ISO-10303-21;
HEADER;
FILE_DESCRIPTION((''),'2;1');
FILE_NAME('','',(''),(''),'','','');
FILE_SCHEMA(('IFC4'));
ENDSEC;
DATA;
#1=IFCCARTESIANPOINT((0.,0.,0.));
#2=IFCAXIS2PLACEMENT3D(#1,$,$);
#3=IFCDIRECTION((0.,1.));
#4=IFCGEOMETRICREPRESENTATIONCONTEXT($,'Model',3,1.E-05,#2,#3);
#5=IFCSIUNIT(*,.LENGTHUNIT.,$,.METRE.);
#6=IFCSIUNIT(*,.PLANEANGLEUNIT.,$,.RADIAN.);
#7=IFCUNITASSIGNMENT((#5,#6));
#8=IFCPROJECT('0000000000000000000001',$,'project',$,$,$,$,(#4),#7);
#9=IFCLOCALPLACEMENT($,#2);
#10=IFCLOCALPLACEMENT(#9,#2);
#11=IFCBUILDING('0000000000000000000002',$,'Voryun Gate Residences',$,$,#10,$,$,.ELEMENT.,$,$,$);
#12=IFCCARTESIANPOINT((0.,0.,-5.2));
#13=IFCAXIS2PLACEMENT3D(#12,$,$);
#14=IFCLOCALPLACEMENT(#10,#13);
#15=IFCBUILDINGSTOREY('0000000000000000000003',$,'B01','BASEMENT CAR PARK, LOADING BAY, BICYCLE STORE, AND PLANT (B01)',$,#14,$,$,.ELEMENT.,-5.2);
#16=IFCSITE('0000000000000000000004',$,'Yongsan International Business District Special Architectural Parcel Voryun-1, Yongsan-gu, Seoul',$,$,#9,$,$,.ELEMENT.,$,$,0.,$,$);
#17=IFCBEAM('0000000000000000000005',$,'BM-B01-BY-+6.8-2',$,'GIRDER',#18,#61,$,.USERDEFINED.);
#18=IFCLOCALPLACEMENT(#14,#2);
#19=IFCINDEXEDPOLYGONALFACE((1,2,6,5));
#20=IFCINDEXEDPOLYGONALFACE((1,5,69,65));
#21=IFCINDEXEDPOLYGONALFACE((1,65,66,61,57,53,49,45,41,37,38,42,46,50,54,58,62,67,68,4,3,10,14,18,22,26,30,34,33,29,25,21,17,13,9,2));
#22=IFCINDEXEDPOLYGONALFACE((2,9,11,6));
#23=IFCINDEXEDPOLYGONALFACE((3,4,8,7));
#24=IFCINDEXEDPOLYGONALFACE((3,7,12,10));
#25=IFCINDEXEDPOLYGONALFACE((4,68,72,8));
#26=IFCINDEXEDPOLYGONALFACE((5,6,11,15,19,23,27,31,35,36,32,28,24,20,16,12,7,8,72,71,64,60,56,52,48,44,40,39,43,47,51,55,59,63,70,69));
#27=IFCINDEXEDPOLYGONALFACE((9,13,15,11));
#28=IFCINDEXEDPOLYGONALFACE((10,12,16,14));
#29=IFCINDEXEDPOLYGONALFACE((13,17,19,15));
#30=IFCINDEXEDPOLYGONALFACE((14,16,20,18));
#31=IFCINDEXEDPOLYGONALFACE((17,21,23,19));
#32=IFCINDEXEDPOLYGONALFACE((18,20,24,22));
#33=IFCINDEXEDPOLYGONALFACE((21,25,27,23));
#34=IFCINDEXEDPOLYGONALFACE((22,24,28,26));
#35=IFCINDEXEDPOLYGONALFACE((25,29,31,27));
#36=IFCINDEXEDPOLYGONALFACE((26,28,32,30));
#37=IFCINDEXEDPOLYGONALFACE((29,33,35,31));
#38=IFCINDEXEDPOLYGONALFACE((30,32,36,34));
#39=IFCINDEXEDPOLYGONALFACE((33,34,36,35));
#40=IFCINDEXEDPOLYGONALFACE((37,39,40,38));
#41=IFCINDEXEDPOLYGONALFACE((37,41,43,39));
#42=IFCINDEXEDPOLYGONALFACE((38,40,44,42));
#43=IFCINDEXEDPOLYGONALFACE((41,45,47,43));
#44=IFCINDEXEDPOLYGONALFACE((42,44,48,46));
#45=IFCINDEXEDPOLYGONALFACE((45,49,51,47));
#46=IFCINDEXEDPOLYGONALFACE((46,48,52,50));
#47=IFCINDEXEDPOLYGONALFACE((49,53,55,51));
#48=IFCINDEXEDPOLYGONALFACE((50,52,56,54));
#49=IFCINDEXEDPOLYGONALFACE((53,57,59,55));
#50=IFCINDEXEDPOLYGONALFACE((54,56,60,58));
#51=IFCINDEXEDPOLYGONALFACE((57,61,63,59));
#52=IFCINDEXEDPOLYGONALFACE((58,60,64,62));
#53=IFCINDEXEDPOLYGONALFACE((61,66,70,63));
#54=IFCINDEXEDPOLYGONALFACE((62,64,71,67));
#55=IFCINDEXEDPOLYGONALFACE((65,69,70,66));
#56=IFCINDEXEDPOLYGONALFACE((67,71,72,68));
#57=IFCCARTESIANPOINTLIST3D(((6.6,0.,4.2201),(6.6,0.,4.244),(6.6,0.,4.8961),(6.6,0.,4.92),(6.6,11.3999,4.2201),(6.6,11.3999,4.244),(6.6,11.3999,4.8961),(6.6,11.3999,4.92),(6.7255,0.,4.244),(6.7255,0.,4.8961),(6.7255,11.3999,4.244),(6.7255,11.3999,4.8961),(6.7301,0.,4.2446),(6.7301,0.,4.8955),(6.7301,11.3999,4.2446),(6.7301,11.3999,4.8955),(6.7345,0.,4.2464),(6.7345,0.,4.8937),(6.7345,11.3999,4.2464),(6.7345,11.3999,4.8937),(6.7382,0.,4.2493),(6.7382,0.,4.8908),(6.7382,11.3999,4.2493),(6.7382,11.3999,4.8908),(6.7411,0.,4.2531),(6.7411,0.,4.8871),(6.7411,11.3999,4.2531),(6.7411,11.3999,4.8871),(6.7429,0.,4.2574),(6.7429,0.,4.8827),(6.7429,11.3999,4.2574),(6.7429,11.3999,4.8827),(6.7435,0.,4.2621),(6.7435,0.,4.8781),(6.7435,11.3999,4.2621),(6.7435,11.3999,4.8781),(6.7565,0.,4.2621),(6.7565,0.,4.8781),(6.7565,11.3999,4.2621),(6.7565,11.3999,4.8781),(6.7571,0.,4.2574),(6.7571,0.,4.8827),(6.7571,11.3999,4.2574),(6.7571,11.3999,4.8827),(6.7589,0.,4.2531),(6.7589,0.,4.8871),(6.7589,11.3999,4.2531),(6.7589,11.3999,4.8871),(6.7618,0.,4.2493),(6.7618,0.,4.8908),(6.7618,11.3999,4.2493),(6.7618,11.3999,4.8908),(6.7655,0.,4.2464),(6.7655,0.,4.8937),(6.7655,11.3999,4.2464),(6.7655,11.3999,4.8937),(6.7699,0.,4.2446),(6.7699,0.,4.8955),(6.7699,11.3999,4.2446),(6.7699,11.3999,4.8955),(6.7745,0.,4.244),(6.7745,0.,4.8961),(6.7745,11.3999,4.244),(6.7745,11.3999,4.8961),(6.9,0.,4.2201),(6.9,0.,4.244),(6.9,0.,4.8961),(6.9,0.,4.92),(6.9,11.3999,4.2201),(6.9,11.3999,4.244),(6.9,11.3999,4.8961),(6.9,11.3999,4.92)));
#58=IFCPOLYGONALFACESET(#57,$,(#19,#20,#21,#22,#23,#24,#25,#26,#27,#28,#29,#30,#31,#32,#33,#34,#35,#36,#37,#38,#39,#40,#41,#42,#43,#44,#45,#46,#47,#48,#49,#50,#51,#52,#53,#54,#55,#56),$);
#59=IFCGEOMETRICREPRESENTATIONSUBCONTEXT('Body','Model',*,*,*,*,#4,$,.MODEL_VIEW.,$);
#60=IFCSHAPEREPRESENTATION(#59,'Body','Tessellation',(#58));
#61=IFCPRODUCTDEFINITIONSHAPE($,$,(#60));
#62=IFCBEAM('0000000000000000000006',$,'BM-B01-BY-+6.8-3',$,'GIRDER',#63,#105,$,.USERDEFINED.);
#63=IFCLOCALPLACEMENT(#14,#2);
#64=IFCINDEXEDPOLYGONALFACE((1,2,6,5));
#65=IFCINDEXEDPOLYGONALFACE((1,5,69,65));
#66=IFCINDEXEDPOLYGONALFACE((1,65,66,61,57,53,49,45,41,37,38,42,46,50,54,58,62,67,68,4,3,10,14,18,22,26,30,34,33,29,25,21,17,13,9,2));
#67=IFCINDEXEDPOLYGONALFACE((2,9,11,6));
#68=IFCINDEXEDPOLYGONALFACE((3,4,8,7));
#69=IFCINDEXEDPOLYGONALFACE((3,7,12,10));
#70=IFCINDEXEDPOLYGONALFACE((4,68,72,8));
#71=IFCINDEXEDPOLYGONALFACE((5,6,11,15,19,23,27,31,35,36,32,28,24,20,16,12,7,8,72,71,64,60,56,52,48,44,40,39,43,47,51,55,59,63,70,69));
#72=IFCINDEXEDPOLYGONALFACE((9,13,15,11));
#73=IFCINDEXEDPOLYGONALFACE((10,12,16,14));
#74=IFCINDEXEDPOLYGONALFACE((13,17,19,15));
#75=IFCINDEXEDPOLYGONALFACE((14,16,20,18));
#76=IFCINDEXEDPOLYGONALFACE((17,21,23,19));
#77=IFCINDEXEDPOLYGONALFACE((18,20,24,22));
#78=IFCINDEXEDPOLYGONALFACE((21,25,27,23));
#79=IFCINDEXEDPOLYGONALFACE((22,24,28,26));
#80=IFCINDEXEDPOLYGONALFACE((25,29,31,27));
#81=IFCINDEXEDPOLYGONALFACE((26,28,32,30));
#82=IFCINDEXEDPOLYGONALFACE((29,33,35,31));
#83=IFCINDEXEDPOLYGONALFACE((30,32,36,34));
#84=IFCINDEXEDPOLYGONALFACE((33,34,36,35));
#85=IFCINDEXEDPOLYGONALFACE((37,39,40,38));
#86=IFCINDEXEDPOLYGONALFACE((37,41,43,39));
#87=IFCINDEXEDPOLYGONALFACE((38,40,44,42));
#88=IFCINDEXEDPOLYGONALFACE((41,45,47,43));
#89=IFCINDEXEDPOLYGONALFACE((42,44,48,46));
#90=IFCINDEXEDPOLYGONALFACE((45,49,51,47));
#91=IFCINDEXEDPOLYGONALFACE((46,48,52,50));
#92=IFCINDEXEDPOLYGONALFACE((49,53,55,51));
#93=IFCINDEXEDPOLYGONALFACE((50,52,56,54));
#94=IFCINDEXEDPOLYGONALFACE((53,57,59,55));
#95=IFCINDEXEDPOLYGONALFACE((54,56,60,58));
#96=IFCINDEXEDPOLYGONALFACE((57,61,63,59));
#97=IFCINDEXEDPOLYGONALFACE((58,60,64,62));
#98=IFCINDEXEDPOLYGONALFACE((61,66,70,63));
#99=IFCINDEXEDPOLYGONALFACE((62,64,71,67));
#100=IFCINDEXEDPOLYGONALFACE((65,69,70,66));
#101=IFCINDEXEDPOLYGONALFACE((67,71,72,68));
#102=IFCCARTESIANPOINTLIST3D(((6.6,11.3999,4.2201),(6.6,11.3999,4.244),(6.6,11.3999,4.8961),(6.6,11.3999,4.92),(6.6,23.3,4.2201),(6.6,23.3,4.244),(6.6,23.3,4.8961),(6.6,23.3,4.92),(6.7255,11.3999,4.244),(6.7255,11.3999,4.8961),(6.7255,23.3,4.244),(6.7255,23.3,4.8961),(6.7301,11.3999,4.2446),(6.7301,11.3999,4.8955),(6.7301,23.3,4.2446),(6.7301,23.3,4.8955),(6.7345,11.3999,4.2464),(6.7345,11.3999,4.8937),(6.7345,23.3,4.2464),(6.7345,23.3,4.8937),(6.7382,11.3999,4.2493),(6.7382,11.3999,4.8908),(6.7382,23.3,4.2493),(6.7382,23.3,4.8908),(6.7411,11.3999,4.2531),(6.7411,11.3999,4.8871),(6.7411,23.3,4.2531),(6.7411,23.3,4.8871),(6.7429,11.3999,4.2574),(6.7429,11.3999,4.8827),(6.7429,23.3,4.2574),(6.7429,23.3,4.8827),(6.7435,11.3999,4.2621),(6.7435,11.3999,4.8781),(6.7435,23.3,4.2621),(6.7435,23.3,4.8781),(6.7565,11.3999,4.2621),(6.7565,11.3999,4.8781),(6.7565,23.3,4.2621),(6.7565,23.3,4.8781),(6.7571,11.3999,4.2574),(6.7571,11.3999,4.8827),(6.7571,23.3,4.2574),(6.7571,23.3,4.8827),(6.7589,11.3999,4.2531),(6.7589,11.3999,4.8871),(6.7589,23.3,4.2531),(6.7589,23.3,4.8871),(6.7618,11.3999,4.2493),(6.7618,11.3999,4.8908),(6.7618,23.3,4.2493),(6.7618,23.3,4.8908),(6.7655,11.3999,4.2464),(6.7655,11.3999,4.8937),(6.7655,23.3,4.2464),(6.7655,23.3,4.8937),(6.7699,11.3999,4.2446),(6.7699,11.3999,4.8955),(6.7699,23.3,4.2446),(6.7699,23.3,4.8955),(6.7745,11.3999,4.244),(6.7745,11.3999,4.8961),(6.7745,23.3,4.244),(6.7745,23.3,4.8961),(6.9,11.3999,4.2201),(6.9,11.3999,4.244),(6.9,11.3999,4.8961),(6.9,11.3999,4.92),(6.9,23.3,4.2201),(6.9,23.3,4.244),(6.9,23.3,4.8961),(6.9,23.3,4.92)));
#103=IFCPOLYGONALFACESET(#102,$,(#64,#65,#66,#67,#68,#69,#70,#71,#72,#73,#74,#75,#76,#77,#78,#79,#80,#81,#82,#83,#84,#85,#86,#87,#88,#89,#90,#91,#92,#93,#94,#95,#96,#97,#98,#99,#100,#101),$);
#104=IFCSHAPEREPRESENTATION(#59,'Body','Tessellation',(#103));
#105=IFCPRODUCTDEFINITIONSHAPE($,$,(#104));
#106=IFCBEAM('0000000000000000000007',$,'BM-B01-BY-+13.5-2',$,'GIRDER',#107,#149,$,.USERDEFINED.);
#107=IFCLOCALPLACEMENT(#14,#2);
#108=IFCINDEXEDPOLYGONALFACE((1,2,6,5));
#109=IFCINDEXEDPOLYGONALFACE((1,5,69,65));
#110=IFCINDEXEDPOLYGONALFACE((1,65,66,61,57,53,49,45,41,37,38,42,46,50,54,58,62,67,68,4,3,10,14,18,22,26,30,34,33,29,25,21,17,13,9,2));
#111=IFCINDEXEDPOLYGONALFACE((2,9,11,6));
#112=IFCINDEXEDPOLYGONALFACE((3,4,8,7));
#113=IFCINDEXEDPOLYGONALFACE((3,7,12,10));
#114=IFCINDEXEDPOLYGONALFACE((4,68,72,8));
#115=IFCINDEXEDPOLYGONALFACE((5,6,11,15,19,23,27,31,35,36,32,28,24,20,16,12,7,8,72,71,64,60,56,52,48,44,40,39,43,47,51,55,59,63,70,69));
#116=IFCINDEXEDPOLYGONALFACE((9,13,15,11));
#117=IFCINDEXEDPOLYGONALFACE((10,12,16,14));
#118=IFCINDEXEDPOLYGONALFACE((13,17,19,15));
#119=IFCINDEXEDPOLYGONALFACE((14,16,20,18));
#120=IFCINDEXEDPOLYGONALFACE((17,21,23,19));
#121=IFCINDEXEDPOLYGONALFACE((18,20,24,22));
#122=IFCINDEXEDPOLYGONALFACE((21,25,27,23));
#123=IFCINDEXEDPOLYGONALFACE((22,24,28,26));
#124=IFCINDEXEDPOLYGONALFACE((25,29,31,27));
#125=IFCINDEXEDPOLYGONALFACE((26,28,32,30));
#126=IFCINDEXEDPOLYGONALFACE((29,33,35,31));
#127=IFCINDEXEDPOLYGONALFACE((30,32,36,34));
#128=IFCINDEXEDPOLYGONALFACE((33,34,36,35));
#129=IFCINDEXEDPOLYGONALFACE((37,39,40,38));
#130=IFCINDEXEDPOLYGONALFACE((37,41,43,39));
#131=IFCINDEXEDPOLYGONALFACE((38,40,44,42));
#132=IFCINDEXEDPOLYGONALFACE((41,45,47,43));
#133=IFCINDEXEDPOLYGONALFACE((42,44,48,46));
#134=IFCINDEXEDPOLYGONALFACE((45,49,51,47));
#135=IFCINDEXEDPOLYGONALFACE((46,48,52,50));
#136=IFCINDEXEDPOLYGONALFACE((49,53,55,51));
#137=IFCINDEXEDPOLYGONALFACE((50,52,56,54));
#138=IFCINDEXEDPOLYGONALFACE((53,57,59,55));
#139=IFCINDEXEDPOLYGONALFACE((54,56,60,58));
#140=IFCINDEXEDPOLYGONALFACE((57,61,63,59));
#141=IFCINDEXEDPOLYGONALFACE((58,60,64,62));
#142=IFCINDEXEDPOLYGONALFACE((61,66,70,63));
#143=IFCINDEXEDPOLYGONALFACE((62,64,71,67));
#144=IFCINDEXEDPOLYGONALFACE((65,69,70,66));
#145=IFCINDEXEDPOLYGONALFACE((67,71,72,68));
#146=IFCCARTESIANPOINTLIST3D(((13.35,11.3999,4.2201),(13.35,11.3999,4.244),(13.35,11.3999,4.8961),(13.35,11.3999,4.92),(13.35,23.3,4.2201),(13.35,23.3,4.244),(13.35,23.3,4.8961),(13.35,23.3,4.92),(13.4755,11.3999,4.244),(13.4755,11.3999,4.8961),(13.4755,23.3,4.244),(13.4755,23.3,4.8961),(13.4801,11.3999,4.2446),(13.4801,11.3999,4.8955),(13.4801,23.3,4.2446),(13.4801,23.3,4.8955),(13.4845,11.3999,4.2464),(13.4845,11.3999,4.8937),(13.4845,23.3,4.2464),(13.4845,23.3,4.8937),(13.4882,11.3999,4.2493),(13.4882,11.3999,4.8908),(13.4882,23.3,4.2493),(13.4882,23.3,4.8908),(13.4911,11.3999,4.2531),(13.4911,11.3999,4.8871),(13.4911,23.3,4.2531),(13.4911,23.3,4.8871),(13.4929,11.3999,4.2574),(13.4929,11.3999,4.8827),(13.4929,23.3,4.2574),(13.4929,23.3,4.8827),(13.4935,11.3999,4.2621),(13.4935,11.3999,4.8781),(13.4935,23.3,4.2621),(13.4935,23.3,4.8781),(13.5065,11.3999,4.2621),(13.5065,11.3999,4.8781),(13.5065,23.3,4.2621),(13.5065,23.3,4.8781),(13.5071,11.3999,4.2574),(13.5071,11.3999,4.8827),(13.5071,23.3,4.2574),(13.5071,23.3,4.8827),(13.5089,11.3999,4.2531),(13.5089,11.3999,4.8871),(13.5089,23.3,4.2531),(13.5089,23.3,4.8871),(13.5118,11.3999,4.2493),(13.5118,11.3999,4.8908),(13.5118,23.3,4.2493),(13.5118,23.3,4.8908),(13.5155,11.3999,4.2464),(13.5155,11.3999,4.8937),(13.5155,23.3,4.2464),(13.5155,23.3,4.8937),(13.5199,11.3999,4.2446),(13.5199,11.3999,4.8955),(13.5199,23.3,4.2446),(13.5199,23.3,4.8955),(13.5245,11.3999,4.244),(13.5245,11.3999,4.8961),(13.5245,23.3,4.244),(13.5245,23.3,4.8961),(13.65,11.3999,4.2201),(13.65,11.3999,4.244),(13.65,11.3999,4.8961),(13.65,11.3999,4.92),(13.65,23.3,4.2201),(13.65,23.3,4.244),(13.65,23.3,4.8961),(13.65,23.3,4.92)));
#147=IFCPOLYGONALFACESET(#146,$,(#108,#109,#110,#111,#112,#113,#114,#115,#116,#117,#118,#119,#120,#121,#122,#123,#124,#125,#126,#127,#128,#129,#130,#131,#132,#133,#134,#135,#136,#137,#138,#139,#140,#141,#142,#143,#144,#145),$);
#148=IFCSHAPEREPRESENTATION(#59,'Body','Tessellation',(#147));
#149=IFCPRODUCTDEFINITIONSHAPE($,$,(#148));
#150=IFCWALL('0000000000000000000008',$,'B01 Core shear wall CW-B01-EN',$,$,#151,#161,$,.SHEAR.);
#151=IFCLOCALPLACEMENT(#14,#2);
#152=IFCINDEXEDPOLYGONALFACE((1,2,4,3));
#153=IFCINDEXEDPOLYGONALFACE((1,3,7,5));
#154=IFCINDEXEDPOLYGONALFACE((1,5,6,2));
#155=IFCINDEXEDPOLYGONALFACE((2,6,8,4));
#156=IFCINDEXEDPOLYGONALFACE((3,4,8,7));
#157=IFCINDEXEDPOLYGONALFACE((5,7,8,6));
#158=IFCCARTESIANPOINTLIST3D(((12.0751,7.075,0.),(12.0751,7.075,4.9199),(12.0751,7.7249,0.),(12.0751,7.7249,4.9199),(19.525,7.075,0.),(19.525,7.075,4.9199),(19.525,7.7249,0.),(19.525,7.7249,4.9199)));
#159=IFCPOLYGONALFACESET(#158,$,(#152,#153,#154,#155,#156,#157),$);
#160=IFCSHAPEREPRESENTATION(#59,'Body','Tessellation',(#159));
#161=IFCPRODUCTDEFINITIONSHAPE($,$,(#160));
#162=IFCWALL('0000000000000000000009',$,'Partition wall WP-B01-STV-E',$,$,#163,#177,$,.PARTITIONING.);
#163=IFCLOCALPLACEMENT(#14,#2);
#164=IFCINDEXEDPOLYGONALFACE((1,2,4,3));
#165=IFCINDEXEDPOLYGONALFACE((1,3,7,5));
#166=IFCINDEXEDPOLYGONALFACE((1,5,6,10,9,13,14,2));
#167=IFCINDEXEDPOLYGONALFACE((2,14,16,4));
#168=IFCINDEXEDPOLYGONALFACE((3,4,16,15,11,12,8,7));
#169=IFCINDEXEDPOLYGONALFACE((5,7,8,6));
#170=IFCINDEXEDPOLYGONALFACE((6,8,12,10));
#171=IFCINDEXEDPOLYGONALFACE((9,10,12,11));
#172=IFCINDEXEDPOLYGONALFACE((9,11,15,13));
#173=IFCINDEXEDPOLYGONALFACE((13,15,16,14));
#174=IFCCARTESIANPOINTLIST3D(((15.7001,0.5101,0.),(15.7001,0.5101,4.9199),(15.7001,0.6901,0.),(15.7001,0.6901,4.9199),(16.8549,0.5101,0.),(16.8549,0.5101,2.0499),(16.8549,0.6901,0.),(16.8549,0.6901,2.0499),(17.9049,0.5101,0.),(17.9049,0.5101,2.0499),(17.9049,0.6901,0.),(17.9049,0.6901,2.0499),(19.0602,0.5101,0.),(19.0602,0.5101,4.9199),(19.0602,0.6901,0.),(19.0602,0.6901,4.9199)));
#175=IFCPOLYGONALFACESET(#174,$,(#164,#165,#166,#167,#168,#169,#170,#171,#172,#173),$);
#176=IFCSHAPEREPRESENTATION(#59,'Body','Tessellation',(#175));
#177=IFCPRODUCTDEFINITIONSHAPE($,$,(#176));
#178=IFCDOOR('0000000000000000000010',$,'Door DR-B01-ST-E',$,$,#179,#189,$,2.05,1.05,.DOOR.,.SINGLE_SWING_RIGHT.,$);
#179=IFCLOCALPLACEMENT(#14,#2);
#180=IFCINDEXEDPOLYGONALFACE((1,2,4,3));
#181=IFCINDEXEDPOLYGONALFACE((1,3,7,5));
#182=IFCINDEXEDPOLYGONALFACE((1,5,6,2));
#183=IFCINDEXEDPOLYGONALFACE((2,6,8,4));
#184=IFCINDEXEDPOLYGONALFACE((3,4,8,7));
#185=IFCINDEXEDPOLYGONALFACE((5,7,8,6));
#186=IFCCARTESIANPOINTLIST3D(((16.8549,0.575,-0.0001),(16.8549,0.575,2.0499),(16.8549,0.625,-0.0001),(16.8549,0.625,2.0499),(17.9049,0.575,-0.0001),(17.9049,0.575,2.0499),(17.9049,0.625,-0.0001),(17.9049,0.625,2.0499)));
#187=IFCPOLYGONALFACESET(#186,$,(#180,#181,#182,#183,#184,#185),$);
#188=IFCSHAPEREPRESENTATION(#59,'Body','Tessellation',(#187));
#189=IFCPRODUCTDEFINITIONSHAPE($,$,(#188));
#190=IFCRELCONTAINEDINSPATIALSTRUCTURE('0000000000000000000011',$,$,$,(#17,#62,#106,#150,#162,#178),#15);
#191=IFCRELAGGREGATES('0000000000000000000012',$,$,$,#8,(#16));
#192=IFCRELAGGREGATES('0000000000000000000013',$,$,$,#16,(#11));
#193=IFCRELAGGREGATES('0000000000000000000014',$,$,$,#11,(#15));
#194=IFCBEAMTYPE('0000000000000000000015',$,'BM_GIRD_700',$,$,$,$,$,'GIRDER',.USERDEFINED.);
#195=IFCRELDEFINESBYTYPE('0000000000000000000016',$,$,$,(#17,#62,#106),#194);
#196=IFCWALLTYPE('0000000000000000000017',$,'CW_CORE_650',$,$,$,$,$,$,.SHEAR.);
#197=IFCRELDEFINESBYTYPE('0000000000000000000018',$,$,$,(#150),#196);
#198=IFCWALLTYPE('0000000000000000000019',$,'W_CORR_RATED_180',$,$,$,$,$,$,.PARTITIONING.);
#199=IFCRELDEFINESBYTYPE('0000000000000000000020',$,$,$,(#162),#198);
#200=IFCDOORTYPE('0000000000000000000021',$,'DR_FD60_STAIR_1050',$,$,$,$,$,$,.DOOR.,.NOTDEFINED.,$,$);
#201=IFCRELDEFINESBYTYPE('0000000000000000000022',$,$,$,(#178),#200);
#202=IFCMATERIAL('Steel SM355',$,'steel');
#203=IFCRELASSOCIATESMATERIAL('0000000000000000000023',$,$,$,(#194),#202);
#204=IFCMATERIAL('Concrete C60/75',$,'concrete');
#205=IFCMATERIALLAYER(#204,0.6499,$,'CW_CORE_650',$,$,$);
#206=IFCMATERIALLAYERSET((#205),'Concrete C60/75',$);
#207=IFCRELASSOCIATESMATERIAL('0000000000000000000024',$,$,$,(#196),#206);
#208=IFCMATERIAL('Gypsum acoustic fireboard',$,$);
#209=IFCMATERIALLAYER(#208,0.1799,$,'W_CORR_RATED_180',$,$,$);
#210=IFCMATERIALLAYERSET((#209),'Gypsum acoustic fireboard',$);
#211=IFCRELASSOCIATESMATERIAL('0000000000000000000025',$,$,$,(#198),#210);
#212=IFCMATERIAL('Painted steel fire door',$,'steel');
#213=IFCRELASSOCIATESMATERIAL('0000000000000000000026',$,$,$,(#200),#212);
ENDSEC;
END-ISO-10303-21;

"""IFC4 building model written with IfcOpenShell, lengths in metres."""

from ifc_helpers import new_model, si_unit, direction, frame, frame_2d, origin, origin_2d, place, context, subcontext, project, spatial, rectangle, i_section, extrude, material, layer, layer_set, material_profile, profile_set, type_object, element, fill, save


model = new_model("IFC4")

# Units and contexts
model_context = context("Model", 3, precision=1e-05, world=origin(), true_north=direction((0.0, 1.0)))
body_context = subcontext(model_context, "Body", "Model", "MODEL_VIEW")
ifc_project = project(units=[si_unit("LENGTHUNIT", "METRE"), si_unit("PLANEANGLEUNIT", "RADIAN")], contexts=[model_context])

# Site, building, storey
site_placement = place(None, origin())
site = spatial("IfcSite", under=ifc_project, at=site_placement, Name="Yongsan International Business District Special Architectural Parcel Voryun-1, Yongsan-gu, Seoul", CompositionType="ELEMENT", RefElevation=0.0)
building_placement = place(site_placement, origin())
building = spatial("IfcBuilding", under=site, at=building_placement, Name="Voryun Gate Residences", CompositionType="ELEMENT")
storey_placement = place(building_placement, frame((0.0, 0.0, -5.2)))
storey = spatial("IfcBuildingStorey", under=building, at=storey_placement, Name="B01", Description="BASEMENT CAR PARK, LOADING BAY, BICYCLE STORE, AND PLANT (B01)", CompositionType="ELEMENT", Elevation=-5.2)

# Beams
ifc_material_1 = material(Name="Steel SM355", Category="steel")
ifc_material_profile_1 = material_profile(ifc_material_1, i_section(OverallWidth=0.3, OverallDepth=0.7, WebThickness=0.0129, FlangeThickness=0.0239, FilletRadius=0.0181, at=origin_2d()), Name="H-700x300x13x24")
ifc_profile_set_1 = profile_set([ifc_material_profile_1], Name="Steel SM355")
beam_type_1 = type_object("IfcBeamType", Name="BM_GIRD_700", ElementType="GIRDER", PredefinedType="USERDEFINED", material=ifc_profile_set_1)
beam_1_placement = place(storey_placement, frame((6.75, 0.0, 4.5701), z_axis=(0.0, 1.0, 0.0), x_axis=(-1.0, 0.0, 0.0)))
element("IfcBeam", 1, at=beam_1_placement, inside=storey, type_object=beam_type_1, Name="BM-B01-BY-+6.8-2", ObjectType="GIRDER", PredefinedType="USERDEFINED", context=body_context, shape_type="SweptSolid", body=[
    extrude(i_section(OverallWidth=0.3, OverallDepth=0.7, WebThickness=0.0129, FlangeThickness=0.0239, FilletRadius=0.0181, at=origin_2d()), origin(), (0.0, 0.0, 1.0), 11.3999),
])
for number, where, z_axis, x_axis, name in (
    (2, (6.75, 11.3999, 4.5701), (0.0, 1.0, 0.0), (-1.0, 0.0, 0.0), "BM-B01-BY-+6.8-3"),
    (3, (13.5, 11.3999, 4.5701), (0.0, 1.0, 0.0), (-1.0, 0.0, 0.0), "BM-B01-BY-+13.5-2"),
):
    element("IfcBeam", number, at=place(storey_placement, frame(where, z_axis=z_axis, x_axis=x_axis)), inside=storey, type_object=beam_type_1, Name=name, ObjectType="GIRDER", PredefinedType="USERDEFINED", context=body_context, shape_type="SweptSolid", body=[
        extrude(i_section(OverallWidth=0.3, OverallDepth=0.7, WebThickness=0.0129, FlangeThickness=0.0239, FilletRadius=0.0181, at=origin_2d()), origin(), (0.0, 0.0, 1.0), 11.9001),
    ])

# Wall
ifc_material_2 = material(Name="Concrete C60/75", Category="concrete")
ifc_layer_1 = layer(ifc_material_2, 0.6499, Name="CW_CORE_650")
ifc_layer_set_1 = layer_set([ifc_layer_1], Name="Concrete C60/75")
wall_type_1 = type_object("IfcWallType", Name="CW_CORE_650", PredefinedType="SHEAR", material=ifc_layer_set_1)
wall_1_placement = place(storey_placement, frame((12.075, 7.3999, 0.0), z_axis=(0.0, 0.0, 1.0), x_axis=(1.0, 0.0, 0.0)))
element("IfcWall", 4, at=wall_1_placement, inside=storey, type_object=wall_type_1, Name="B01 Core shear wall CW-B01-EN", PredefinedType="SHEAR", context=body_context, shape_type="SweptSolid", body=[
    extrude(rectangle(XDim=7.45, YDim=0.6499, at=frame_2d((3.7251, 0.0))), origin(), (0.0, 0.0, 1.0), 4.9199),
])

# Wall, opening, door
ifc_material_3 = material(Name="Gypsum acoustic fireboard")
ifc_layer_2 = layer(ifc_material_3, 0.1799, Name="W_CORR_RATED_180")
ifc_layer_set_2 = layer_set([ifc_layer_2], Name="Gypsum acoustic fireboard")
wall_type_2 = type_object("IfcWallType", Name="W_CORR_RATED_180", PredefinedType="PARTITIONING", material=ifc_layer_set_2)
wall_2_placement = place(storey_placement, frame((15.7, 0.6001, 0.0), z_axis=(0.0, 0.0, 1.0), x_axis=(1.0, 0.0, 0.0)))
wall_2 = element("IfcWall", 5, at=wall_2_placement, inside=storey, type_object=wall_type_2, Name="Partition wall WP-B01-STV-E", PredefinedType="PARTITIONING", context=body_context, shape_type="SweptSolid", body=[
    extrude(rectangle(XDim=3.3601, YDim=0.1799, at=frame_2d((1.6802, 0.0))), origin(), (0.0, 0.0, 1.0), 4.9199),
])
opening_placement = place(wall_2_placement, frame((1.155, 0.0, 0.0)))
opening = element("IfcOpeningElement", 6, at=opening_placement, cuts=wall_2, PredefinedType="OPENING", context=body_context, shape_type="SweptSolid", body=[
    extrude(rectangle(XDim=1.05, YDim=2.05, at=frame_2d((0.5249, 1.0249))), frame((0.0, 0.0999, 0.0), z_axis=(0.0, -1.0, 0.0), x_axis=(1.0, 0.0, 0.0)), (0.0, 0.0, 1.0), 0.2),
])
ifc_material_4 = material(Name="Painted steel fire door", Category="steel")
door_type = type_object("IfcDoorType", Name="DR_FD60_STAIR_1050", OperationType="NOTDEFINED", PredefinedType="DOOR", material=ifc_material_4)
door_placement = place(opening_placement, origin())
door = element("IfcDoor", 7, at=door_placement, inside=storey, type_object=door_type, Name="Door DR-B01-ST-E", OperationType="SINGLE_SWING_RIGHT", OverallHeight=2.05, OverallWidth=1.05, PredefinedType="DOOR", context=body_context, shape_type="SweptSolid", body=[
    extrude(rectangle(XDim=1.05, YDim=2.05, at=frame_2d((0.5249, 1.0249))), frame((0.0, 0.0249, 0.0), z_axis=(0.0, -1.0, 0.0), x_axis=(1.0, 0.0, 0.0)), (0.0, 0.0, 1.0), 0.05),
])
fill(opening, door)

save(model, "model.ifc")
